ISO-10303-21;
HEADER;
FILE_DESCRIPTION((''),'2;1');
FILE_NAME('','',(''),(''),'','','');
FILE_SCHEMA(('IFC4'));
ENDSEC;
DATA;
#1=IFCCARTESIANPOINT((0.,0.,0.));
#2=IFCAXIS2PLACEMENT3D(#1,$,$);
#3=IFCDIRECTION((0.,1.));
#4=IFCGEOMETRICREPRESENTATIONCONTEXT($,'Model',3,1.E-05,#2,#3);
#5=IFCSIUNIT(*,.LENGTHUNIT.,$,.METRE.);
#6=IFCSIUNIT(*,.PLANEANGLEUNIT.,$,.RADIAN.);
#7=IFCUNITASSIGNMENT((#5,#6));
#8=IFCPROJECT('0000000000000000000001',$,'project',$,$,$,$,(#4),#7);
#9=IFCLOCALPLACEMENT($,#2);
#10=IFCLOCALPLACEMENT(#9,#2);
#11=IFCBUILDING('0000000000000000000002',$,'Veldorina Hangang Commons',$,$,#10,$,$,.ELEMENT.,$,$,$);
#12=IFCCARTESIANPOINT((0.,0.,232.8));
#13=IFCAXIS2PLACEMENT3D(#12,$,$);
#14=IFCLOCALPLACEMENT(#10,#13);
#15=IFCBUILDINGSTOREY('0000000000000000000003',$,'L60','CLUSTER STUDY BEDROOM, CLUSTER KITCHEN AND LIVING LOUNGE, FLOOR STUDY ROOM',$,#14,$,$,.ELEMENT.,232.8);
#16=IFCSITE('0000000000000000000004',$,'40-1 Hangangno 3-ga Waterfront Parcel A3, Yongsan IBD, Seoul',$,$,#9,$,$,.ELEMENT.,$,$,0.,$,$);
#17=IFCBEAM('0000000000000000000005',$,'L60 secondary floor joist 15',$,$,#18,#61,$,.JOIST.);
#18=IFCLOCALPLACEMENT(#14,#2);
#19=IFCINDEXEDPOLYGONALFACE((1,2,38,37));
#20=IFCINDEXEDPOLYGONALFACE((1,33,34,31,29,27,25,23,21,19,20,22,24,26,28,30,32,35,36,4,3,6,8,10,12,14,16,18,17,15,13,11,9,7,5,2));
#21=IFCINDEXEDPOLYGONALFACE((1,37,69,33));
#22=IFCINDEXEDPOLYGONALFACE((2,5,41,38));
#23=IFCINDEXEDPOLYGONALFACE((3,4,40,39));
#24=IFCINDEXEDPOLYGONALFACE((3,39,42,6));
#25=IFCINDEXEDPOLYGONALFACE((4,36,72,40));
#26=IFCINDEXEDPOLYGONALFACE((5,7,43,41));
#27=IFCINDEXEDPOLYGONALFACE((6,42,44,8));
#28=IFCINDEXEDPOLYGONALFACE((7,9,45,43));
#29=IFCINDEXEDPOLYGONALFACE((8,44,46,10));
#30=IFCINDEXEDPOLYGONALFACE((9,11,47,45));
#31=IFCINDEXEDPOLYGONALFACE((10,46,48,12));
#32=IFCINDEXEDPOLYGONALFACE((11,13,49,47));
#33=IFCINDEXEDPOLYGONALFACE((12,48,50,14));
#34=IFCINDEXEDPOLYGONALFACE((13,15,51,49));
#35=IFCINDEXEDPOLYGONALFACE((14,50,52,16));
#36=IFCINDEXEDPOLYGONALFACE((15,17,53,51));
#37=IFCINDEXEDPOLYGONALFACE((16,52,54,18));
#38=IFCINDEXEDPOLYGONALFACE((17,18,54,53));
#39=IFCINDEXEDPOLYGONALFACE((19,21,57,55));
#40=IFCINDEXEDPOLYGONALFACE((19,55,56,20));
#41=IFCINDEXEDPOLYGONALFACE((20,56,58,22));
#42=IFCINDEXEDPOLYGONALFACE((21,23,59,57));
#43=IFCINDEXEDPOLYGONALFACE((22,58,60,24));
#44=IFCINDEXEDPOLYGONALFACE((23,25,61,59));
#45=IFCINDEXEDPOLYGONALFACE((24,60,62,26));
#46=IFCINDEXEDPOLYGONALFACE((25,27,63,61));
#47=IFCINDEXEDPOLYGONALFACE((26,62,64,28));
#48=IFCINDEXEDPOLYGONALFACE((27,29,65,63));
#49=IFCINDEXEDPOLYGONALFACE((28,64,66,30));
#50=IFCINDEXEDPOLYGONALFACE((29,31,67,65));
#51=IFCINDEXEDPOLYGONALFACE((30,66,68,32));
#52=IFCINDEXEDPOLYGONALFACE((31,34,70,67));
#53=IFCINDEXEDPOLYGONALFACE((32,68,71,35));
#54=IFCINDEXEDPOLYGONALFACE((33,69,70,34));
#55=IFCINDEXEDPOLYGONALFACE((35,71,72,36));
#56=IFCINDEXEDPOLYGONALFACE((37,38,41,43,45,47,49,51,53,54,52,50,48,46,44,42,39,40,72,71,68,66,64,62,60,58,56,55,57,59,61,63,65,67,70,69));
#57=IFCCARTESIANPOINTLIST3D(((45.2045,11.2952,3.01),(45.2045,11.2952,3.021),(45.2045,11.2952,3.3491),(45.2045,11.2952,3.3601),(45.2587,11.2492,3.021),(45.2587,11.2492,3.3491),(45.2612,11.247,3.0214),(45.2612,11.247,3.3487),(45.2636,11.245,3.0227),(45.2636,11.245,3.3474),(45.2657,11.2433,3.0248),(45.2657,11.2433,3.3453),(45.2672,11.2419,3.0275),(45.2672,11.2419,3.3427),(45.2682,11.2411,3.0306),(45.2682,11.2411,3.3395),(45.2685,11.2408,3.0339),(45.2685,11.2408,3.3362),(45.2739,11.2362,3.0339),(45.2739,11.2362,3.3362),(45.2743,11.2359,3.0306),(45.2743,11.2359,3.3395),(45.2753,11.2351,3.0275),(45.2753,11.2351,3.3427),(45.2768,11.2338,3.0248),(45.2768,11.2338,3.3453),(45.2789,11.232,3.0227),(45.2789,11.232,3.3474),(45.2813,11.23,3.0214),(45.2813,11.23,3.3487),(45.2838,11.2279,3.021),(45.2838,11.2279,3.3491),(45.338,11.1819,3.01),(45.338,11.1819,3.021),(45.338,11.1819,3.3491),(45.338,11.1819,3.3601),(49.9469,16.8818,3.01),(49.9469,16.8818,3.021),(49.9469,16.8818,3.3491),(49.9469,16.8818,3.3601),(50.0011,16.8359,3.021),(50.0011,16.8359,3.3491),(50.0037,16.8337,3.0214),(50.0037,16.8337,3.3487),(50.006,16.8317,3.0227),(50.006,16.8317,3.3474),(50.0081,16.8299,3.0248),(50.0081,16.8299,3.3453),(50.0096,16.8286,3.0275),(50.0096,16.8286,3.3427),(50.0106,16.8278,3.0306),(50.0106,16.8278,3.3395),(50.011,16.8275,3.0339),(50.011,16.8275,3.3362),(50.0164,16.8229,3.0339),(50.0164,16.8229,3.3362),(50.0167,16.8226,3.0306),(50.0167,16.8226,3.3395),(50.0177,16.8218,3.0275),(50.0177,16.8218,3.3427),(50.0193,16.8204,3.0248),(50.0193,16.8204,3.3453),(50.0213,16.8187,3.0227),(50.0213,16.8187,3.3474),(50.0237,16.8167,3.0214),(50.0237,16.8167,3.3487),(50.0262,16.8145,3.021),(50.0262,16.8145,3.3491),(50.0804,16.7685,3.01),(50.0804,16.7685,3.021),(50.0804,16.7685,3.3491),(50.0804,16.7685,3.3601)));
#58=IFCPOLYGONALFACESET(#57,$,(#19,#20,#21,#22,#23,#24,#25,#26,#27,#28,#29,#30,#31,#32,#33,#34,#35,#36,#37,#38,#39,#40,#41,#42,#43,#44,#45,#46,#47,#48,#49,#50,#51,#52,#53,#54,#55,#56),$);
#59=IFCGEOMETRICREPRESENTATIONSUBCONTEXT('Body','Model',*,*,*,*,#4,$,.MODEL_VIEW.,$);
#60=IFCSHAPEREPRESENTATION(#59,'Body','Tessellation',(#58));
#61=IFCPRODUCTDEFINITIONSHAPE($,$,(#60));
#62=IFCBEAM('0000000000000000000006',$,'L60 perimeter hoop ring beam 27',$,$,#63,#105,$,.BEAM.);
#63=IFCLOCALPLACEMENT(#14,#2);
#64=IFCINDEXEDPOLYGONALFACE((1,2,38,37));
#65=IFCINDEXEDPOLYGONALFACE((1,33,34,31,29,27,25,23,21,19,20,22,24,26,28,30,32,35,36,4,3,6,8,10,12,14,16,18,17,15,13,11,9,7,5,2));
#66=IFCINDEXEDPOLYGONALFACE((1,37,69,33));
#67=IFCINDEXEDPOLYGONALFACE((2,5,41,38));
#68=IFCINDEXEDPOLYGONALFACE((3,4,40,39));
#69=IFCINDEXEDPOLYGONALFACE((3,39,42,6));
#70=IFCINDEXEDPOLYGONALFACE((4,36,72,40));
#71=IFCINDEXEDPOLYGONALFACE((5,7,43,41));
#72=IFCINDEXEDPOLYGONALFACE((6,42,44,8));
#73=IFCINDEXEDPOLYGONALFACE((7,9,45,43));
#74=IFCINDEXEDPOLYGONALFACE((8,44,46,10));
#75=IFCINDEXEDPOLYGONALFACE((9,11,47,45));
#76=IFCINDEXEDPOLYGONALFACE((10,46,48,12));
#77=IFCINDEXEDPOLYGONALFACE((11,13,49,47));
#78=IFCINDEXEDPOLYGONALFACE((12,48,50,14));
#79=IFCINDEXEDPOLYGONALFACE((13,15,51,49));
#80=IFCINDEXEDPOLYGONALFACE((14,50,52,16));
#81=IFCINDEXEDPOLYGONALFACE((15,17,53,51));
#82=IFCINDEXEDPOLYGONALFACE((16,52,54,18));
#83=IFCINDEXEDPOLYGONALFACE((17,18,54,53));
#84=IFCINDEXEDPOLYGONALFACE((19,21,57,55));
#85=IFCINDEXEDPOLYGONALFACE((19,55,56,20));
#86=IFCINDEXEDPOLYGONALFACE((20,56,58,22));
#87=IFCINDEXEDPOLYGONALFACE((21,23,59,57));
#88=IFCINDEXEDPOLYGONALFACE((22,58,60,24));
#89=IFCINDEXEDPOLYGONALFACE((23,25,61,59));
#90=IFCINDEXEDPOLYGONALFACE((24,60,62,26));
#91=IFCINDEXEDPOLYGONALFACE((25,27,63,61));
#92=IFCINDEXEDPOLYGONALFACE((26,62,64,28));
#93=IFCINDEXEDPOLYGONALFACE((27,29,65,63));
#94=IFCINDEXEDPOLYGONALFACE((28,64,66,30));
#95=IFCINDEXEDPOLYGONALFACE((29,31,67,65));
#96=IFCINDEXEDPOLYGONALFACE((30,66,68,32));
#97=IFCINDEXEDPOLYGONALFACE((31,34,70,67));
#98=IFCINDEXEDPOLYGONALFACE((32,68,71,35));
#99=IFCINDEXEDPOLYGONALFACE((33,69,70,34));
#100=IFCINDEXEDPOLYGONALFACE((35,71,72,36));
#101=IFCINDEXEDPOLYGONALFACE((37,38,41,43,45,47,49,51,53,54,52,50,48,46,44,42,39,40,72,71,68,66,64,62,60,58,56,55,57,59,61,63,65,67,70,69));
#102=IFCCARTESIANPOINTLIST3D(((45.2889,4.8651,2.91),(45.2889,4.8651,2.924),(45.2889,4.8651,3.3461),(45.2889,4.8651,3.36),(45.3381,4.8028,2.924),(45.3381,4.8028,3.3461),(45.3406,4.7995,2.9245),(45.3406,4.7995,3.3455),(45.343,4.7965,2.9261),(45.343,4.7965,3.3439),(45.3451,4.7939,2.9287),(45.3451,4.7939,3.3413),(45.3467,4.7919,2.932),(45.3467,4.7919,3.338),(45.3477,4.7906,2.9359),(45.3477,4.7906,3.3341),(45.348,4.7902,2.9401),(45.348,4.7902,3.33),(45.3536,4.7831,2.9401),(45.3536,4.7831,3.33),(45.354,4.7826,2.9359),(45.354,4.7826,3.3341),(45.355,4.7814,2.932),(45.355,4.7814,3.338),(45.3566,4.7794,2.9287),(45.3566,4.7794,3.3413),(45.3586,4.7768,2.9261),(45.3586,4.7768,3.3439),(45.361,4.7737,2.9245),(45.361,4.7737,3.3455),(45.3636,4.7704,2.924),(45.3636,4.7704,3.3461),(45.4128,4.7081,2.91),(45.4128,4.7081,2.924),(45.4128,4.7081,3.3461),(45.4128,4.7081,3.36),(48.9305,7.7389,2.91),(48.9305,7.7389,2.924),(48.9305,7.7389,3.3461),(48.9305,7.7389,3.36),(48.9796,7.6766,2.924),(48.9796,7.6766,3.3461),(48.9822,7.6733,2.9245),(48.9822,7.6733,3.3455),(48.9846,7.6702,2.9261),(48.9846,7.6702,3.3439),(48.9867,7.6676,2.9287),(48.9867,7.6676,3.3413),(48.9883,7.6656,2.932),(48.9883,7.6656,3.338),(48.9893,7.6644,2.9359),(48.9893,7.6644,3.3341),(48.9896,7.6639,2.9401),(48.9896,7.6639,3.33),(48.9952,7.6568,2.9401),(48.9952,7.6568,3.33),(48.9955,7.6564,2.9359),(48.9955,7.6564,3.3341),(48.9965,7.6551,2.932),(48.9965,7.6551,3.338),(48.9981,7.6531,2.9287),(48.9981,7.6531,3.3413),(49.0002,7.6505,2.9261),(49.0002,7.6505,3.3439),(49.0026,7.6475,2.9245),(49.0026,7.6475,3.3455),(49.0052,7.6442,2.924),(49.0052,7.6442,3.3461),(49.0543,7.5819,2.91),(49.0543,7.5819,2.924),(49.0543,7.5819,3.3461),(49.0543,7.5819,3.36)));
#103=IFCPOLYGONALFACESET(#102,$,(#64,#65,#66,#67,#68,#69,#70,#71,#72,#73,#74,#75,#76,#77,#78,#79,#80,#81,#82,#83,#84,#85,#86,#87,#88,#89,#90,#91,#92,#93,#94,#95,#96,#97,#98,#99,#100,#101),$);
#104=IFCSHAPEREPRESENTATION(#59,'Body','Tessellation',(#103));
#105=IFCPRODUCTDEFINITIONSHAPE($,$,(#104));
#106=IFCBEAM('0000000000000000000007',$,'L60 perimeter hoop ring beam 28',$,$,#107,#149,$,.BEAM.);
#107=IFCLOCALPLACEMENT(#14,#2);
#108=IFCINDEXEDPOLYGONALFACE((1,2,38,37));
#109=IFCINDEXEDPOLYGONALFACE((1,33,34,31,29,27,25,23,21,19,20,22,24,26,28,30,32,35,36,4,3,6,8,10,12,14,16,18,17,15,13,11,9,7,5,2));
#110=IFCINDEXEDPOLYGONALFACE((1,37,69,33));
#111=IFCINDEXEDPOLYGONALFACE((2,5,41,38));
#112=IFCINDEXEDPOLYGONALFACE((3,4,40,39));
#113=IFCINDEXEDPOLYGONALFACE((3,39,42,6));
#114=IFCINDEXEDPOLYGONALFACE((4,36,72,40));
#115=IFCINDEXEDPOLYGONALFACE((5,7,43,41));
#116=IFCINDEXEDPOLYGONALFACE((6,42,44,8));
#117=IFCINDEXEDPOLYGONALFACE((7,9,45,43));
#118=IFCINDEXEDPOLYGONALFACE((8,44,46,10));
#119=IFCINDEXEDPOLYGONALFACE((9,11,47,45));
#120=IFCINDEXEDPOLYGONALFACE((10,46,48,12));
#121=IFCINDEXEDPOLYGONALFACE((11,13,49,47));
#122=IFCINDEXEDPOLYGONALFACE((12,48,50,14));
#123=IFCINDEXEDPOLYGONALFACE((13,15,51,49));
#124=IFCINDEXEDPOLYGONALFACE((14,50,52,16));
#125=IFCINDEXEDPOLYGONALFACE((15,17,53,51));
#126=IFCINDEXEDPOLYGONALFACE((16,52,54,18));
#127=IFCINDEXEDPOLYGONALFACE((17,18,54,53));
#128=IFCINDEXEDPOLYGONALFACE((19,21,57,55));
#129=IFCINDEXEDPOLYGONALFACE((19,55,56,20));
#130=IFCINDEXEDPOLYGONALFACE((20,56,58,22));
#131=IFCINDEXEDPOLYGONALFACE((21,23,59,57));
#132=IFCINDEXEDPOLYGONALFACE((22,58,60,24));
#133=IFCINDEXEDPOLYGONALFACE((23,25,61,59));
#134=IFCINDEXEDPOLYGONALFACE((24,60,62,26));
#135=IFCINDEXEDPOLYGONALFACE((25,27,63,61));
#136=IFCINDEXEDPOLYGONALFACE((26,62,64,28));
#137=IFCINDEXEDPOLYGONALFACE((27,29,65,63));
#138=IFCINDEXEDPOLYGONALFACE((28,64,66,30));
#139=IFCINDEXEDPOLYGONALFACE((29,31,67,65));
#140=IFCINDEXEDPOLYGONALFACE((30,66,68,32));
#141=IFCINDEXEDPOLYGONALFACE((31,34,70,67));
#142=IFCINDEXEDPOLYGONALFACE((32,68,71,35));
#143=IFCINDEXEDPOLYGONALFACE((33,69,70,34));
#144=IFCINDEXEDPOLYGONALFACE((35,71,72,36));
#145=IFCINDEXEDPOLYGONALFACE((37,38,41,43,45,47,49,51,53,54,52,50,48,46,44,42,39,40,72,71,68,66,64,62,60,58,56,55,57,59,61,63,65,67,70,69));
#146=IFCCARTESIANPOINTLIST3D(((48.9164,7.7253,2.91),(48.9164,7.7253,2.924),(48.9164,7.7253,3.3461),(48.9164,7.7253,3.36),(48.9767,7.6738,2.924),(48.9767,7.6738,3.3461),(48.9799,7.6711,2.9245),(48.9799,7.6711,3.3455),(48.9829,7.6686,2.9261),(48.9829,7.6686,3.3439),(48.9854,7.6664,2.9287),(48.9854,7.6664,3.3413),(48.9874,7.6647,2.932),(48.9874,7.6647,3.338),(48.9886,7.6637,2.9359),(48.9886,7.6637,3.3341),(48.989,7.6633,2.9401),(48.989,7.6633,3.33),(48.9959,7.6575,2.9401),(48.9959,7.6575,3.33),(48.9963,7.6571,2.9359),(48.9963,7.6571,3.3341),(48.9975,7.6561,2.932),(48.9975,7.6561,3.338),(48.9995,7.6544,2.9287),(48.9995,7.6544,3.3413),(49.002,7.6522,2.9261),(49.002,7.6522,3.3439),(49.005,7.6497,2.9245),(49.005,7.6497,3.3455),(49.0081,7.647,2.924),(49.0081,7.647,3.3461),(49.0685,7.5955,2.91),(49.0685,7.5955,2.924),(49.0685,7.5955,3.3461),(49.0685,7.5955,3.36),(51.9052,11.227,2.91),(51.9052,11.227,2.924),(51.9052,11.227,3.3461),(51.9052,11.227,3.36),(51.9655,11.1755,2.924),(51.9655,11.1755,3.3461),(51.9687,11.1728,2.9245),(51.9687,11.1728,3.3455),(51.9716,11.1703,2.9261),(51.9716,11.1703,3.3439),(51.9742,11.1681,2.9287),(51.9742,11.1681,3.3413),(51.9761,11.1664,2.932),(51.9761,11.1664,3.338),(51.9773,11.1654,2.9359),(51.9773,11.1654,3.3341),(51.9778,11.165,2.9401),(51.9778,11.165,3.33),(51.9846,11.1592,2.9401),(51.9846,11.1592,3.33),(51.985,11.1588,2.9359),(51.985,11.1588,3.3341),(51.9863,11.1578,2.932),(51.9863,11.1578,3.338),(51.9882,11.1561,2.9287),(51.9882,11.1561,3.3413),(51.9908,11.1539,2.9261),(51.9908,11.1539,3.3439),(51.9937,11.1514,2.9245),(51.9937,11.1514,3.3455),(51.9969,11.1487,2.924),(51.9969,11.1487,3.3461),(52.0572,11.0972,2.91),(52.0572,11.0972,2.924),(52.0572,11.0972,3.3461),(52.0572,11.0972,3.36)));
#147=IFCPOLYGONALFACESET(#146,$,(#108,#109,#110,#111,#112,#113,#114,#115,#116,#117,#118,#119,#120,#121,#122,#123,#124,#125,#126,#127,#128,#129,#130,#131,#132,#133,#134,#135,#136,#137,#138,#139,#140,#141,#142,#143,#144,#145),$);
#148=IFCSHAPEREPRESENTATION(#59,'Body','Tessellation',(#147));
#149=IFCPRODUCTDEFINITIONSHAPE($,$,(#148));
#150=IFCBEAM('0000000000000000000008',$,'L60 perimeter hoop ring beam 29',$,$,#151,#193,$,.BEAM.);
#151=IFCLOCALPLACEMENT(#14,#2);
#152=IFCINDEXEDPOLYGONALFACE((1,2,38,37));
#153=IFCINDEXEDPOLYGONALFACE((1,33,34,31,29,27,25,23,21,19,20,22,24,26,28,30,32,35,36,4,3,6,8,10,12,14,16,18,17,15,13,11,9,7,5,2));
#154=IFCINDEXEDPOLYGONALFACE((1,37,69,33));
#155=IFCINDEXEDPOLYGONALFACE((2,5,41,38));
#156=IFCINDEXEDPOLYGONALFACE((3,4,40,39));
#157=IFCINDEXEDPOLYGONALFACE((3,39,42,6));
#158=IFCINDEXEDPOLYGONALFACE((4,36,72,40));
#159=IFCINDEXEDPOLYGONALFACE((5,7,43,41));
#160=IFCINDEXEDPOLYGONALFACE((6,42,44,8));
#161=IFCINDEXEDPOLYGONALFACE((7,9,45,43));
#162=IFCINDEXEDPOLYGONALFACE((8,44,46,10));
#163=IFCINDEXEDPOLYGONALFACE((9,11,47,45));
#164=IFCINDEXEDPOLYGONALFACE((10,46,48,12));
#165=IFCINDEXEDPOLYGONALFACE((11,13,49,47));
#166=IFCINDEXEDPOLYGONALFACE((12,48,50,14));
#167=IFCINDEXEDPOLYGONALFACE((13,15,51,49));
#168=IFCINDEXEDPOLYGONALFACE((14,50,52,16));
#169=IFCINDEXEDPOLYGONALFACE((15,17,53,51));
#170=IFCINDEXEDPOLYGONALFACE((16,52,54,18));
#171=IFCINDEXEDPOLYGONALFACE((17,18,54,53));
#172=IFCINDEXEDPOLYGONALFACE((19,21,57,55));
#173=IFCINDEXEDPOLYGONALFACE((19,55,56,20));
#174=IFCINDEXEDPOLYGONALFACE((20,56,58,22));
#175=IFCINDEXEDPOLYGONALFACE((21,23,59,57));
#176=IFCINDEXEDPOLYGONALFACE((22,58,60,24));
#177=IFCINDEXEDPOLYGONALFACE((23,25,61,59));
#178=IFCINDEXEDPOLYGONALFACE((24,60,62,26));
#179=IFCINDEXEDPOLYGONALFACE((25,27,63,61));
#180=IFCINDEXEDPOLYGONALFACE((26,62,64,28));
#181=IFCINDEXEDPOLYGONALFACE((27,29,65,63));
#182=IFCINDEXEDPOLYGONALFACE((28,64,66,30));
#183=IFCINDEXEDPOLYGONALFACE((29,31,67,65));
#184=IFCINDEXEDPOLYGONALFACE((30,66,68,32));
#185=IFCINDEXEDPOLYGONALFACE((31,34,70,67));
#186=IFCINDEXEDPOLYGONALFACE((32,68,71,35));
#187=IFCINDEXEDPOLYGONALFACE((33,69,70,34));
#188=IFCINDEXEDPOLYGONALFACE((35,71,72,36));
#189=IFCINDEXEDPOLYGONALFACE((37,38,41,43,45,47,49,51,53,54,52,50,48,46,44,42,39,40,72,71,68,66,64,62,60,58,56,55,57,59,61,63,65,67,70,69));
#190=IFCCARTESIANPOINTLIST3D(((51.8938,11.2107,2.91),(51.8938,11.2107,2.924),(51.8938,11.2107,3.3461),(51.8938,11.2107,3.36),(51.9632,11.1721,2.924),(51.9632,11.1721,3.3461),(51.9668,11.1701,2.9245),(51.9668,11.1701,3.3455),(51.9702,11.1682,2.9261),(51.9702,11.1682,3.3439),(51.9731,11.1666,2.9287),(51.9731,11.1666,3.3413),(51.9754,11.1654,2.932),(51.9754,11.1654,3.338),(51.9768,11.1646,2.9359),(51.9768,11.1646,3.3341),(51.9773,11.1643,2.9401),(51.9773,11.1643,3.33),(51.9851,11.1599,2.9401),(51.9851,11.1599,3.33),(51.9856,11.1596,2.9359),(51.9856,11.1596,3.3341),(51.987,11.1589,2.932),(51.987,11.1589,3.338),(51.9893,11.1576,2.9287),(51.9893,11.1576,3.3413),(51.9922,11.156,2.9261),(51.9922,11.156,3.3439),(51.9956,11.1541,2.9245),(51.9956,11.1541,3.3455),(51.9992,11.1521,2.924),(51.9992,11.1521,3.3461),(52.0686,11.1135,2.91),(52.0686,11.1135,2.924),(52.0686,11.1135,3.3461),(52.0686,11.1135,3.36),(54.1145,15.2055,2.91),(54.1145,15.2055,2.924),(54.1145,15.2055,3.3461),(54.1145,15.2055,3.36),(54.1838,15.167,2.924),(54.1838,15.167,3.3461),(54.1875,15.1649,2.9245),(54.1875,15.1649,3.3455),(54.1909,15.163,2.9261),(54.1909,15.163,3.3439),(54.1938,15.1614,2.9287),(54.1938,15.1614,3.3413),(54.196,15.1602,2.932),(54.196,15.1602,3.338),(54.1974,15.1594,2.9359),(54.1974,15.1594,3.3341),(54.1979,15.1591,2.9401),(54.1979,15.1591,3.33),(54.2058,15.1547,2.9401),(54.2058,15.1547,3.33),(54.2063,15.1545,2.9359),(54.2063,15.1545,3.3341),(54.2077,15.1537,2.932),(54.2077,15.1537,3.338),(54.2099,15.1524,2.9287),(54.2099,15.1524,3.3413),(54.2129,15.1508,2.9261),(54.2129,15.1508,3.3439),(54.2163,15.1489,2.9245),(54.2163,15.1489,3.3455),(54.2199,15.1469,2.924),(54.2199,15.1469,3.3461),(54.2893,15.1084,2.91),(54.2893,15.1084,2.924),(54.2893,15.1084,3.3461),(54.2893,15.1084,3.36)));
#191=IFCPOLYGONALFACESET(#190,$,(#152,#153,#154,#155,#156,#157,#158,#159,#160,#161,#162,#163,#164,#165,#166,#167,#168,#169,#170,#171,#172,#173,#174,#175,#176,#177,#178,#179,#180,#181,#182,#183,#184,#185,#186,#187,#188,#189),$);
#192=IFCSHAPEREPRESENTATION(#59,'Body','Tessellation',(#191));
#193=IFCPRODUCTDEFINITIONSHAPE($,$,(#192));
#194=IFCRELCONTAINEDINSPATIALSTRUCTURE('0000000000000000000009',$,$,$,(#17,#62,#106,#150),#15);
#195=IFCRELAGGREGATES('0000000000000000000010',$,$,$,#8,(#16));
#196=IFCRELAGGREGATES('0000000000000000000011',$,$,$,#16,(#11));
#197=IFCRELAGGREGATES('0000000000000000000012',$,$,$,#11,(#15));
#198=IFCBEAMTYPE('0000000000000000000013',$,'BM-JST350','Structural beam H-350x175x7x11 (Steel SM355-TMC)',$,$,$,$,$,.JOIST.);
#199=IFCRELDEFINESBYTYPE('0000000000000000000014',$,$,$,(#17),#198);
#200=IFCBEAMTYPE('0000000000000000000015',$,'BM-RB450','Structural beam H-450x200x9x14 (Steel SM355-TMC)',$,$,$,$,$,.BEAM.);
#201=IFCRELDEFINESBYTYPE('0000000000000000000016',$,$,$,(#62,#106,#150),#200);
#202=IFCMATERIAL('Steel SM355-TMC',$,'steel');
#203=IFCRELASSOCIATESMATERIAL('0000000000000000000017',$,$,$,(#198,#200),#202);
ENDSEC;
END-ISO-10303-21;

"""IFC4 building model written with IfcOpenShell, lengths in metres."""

from ifc_helpers import new_model, si_unit, direction, frame, origin, origin_2d, place, context, subcontext, project, spatial, i_section, extrude, material, material_profile, profile_set, type_object, element, save


model = new_model("IFC4")

# Units and contexts
model_context = context("Model", 3, precision=1e-05, world=origin(), true_north=direction((0.0, 1.0)))
body_context = subcontext(model_context, "Body", "Model", "MODEL_VIEW")
ifc_project = project(units=[si_unit("LENGTHUNIT", "METRE"), si_unit("PLANEANGLEUNIT", "RADIAN")], contexts=[model_context])

# Site, building, storey
site_placement = place(None, origin())
site = spatial("IfcSite", under=ifc_project, at=site_placement, Name="40-1 Hangangno 3-ga Waterfront Parcel A3, Yongsan IBD, Seoul", CompositionType="ELEMENT", RefElevation=0.0)
building_placement = place(site_placement, origin())
building = spatial("IfcBuilding", under=site, at=building_placement, Name="Veldorina Hangang Commons", CompositionType="ELEMENT")
storey_placement = place(building_placement, frame((0.0, 0.0, 232.8)))
storey = spatial("IfcBuildingStorey", under=building, at=storey_placement, Name="L60", Description="CLUSTER STUDY BEDROOM, CLUSTER KITCHEN AND LIVING LOUNGE, FLOOR STUDY ROOM", CompositionType="ELEMENT", Elevation=232.8)

# Beams
ifc_material_1 = material(Name="Steel SM355-TMC", Category="steel")
ifc_material_profile_1 = material_profile(ifc_material_1, i_section(OverallWidth=0.175, OverallDepth=0.3501, WebThickness=0.0071, FlangeThickness=0.011, FilletRadius=0.0129, at=origin_2d()), Name="H-350x175x7x11")
ifc_profile_set_1 = profile_set([ifc_material_profile_1], Name="Steel SM355-TMC")
beam_type_1 = type_object("IfcBeamType", Name="BM-JST350", Description="Structural beam H-350x175x7x11 (Steel SM355-TMC)", PredefinedType="JOIST", material=ifc_profile_set_1)
beam_1_placement = place(storey_placement, frame((45.2712, 11.2385, 3.1851), z_axis=(0.647154, 0.762359, 0.0), x_axis=(-0.762359, 0.647154, 0.0)))
element("IfcBeam", 1, at=beam_1_placement, inside=storey, type_object=beam_type_1, Name="L60 secondary floor joist 15", PredefinedType="JOIST", context=body_context, shape_type="SweptSolid", body=[
    extrude(i_section(OverallWidth=0.175, OverallDepth=0.3501, WebThickness=0.0071, FlangeThickness=0.011, FilletRadius=0.0129, at=origin_2d()), origin(), (0.0, 0.0, 1.0), 7.3281),
])
ifc_material_profile_2 = material_profile(ifc_material_1, i_section(OverallWidth=0.2, OverallDepth=0.45, WebThickness=0.009, FlangeThickness=0.0139, FilletRadius=0.0161, at=origin_2d()), Name="H-450x200x9x14")
ifc_profile_set_2 = profile_set([ifc_material_profile_2], Name="Steel SM355-TMC")
beam_type_2 = type_object("IfcBeamType", Name="BM-RB450", Description="Structural beam H-450x200x9x14 (Steel SM355-TMC)", PredefinedType="BEAM", material=ifc_profile_set_2)
beam_2_placement = place(storey_placement, frame((45.3508, 4.7866, 3.135), z_axis=(0.785005, 0.619489, 0.0), x_axis=(-0.619489, 0.785005, 0.0)))
element("IfcBeam", 2, at=beam_2_placement, inside=storey, type_object=beam_type_2, Name="L60 perimeter hoop ring beam 27", PredefinedType="BEAM", context=body_context, shape_type="SweptSolid", body=[
    extrude(i_section(OverallWidth=0.2, OverallDepth=0.45, WebThickness=0.009, FlangeThickness=0.0139, FilletRadius=0.0161, at=origin_2d()), origin(), (0.0, 0.0, 1.0), 4.6389),
])
beam_3_placement = place(storey_placement, frame((48.9924, 7.6604, 3.135), z_axis=(0.6492, 0.760618, 0.0), x_axis=(-0.760618, 0.6492, 0.0)))
element("IfcBeam", 3, at=beam_3_placement, inside=storey, type_object=beam_type_2, Name="L60 perimeter hoop ring beam 28", PredefinedType="BEAM", context=body_context, shape_type="SweptSolid", body=[
    extrude(i_section(OverallWidth=0.2, OverallDepth=0.45, WebThickness=0.009, FlangeThickness=0.0139, FilletRadius=0.0161, at=origin_2d()), origin(), (0.0, 0.0, 1.0), 4.6038),
])
beam_4_placement = place(storey_placement, frame((51.9812, 11.1621, 3.135), z_axis=(0.485865, 0.874034, 0.0), x_axis=(-0.874034, 0.485865, 0.0)))
element("IfcBeam", 4, at=beam_4_placement, inside=storey, type_object=beam_type_2, Name="L60 perimeter hoop ring beam 29", PredefinedType="BEAM", context=body_context, shape_type="SweptSolid", body=[
    extrude(i_section(OverallWidth=0.2, OverallDepth=0.45, WebThickness=0.009, FlangeThickness=0.0139, FilletRadius=0.0161, at=origin_2d()), origin(), (0.0, 0.0, 1.0), 4.5706),
])

save(model, "model.ifc")
